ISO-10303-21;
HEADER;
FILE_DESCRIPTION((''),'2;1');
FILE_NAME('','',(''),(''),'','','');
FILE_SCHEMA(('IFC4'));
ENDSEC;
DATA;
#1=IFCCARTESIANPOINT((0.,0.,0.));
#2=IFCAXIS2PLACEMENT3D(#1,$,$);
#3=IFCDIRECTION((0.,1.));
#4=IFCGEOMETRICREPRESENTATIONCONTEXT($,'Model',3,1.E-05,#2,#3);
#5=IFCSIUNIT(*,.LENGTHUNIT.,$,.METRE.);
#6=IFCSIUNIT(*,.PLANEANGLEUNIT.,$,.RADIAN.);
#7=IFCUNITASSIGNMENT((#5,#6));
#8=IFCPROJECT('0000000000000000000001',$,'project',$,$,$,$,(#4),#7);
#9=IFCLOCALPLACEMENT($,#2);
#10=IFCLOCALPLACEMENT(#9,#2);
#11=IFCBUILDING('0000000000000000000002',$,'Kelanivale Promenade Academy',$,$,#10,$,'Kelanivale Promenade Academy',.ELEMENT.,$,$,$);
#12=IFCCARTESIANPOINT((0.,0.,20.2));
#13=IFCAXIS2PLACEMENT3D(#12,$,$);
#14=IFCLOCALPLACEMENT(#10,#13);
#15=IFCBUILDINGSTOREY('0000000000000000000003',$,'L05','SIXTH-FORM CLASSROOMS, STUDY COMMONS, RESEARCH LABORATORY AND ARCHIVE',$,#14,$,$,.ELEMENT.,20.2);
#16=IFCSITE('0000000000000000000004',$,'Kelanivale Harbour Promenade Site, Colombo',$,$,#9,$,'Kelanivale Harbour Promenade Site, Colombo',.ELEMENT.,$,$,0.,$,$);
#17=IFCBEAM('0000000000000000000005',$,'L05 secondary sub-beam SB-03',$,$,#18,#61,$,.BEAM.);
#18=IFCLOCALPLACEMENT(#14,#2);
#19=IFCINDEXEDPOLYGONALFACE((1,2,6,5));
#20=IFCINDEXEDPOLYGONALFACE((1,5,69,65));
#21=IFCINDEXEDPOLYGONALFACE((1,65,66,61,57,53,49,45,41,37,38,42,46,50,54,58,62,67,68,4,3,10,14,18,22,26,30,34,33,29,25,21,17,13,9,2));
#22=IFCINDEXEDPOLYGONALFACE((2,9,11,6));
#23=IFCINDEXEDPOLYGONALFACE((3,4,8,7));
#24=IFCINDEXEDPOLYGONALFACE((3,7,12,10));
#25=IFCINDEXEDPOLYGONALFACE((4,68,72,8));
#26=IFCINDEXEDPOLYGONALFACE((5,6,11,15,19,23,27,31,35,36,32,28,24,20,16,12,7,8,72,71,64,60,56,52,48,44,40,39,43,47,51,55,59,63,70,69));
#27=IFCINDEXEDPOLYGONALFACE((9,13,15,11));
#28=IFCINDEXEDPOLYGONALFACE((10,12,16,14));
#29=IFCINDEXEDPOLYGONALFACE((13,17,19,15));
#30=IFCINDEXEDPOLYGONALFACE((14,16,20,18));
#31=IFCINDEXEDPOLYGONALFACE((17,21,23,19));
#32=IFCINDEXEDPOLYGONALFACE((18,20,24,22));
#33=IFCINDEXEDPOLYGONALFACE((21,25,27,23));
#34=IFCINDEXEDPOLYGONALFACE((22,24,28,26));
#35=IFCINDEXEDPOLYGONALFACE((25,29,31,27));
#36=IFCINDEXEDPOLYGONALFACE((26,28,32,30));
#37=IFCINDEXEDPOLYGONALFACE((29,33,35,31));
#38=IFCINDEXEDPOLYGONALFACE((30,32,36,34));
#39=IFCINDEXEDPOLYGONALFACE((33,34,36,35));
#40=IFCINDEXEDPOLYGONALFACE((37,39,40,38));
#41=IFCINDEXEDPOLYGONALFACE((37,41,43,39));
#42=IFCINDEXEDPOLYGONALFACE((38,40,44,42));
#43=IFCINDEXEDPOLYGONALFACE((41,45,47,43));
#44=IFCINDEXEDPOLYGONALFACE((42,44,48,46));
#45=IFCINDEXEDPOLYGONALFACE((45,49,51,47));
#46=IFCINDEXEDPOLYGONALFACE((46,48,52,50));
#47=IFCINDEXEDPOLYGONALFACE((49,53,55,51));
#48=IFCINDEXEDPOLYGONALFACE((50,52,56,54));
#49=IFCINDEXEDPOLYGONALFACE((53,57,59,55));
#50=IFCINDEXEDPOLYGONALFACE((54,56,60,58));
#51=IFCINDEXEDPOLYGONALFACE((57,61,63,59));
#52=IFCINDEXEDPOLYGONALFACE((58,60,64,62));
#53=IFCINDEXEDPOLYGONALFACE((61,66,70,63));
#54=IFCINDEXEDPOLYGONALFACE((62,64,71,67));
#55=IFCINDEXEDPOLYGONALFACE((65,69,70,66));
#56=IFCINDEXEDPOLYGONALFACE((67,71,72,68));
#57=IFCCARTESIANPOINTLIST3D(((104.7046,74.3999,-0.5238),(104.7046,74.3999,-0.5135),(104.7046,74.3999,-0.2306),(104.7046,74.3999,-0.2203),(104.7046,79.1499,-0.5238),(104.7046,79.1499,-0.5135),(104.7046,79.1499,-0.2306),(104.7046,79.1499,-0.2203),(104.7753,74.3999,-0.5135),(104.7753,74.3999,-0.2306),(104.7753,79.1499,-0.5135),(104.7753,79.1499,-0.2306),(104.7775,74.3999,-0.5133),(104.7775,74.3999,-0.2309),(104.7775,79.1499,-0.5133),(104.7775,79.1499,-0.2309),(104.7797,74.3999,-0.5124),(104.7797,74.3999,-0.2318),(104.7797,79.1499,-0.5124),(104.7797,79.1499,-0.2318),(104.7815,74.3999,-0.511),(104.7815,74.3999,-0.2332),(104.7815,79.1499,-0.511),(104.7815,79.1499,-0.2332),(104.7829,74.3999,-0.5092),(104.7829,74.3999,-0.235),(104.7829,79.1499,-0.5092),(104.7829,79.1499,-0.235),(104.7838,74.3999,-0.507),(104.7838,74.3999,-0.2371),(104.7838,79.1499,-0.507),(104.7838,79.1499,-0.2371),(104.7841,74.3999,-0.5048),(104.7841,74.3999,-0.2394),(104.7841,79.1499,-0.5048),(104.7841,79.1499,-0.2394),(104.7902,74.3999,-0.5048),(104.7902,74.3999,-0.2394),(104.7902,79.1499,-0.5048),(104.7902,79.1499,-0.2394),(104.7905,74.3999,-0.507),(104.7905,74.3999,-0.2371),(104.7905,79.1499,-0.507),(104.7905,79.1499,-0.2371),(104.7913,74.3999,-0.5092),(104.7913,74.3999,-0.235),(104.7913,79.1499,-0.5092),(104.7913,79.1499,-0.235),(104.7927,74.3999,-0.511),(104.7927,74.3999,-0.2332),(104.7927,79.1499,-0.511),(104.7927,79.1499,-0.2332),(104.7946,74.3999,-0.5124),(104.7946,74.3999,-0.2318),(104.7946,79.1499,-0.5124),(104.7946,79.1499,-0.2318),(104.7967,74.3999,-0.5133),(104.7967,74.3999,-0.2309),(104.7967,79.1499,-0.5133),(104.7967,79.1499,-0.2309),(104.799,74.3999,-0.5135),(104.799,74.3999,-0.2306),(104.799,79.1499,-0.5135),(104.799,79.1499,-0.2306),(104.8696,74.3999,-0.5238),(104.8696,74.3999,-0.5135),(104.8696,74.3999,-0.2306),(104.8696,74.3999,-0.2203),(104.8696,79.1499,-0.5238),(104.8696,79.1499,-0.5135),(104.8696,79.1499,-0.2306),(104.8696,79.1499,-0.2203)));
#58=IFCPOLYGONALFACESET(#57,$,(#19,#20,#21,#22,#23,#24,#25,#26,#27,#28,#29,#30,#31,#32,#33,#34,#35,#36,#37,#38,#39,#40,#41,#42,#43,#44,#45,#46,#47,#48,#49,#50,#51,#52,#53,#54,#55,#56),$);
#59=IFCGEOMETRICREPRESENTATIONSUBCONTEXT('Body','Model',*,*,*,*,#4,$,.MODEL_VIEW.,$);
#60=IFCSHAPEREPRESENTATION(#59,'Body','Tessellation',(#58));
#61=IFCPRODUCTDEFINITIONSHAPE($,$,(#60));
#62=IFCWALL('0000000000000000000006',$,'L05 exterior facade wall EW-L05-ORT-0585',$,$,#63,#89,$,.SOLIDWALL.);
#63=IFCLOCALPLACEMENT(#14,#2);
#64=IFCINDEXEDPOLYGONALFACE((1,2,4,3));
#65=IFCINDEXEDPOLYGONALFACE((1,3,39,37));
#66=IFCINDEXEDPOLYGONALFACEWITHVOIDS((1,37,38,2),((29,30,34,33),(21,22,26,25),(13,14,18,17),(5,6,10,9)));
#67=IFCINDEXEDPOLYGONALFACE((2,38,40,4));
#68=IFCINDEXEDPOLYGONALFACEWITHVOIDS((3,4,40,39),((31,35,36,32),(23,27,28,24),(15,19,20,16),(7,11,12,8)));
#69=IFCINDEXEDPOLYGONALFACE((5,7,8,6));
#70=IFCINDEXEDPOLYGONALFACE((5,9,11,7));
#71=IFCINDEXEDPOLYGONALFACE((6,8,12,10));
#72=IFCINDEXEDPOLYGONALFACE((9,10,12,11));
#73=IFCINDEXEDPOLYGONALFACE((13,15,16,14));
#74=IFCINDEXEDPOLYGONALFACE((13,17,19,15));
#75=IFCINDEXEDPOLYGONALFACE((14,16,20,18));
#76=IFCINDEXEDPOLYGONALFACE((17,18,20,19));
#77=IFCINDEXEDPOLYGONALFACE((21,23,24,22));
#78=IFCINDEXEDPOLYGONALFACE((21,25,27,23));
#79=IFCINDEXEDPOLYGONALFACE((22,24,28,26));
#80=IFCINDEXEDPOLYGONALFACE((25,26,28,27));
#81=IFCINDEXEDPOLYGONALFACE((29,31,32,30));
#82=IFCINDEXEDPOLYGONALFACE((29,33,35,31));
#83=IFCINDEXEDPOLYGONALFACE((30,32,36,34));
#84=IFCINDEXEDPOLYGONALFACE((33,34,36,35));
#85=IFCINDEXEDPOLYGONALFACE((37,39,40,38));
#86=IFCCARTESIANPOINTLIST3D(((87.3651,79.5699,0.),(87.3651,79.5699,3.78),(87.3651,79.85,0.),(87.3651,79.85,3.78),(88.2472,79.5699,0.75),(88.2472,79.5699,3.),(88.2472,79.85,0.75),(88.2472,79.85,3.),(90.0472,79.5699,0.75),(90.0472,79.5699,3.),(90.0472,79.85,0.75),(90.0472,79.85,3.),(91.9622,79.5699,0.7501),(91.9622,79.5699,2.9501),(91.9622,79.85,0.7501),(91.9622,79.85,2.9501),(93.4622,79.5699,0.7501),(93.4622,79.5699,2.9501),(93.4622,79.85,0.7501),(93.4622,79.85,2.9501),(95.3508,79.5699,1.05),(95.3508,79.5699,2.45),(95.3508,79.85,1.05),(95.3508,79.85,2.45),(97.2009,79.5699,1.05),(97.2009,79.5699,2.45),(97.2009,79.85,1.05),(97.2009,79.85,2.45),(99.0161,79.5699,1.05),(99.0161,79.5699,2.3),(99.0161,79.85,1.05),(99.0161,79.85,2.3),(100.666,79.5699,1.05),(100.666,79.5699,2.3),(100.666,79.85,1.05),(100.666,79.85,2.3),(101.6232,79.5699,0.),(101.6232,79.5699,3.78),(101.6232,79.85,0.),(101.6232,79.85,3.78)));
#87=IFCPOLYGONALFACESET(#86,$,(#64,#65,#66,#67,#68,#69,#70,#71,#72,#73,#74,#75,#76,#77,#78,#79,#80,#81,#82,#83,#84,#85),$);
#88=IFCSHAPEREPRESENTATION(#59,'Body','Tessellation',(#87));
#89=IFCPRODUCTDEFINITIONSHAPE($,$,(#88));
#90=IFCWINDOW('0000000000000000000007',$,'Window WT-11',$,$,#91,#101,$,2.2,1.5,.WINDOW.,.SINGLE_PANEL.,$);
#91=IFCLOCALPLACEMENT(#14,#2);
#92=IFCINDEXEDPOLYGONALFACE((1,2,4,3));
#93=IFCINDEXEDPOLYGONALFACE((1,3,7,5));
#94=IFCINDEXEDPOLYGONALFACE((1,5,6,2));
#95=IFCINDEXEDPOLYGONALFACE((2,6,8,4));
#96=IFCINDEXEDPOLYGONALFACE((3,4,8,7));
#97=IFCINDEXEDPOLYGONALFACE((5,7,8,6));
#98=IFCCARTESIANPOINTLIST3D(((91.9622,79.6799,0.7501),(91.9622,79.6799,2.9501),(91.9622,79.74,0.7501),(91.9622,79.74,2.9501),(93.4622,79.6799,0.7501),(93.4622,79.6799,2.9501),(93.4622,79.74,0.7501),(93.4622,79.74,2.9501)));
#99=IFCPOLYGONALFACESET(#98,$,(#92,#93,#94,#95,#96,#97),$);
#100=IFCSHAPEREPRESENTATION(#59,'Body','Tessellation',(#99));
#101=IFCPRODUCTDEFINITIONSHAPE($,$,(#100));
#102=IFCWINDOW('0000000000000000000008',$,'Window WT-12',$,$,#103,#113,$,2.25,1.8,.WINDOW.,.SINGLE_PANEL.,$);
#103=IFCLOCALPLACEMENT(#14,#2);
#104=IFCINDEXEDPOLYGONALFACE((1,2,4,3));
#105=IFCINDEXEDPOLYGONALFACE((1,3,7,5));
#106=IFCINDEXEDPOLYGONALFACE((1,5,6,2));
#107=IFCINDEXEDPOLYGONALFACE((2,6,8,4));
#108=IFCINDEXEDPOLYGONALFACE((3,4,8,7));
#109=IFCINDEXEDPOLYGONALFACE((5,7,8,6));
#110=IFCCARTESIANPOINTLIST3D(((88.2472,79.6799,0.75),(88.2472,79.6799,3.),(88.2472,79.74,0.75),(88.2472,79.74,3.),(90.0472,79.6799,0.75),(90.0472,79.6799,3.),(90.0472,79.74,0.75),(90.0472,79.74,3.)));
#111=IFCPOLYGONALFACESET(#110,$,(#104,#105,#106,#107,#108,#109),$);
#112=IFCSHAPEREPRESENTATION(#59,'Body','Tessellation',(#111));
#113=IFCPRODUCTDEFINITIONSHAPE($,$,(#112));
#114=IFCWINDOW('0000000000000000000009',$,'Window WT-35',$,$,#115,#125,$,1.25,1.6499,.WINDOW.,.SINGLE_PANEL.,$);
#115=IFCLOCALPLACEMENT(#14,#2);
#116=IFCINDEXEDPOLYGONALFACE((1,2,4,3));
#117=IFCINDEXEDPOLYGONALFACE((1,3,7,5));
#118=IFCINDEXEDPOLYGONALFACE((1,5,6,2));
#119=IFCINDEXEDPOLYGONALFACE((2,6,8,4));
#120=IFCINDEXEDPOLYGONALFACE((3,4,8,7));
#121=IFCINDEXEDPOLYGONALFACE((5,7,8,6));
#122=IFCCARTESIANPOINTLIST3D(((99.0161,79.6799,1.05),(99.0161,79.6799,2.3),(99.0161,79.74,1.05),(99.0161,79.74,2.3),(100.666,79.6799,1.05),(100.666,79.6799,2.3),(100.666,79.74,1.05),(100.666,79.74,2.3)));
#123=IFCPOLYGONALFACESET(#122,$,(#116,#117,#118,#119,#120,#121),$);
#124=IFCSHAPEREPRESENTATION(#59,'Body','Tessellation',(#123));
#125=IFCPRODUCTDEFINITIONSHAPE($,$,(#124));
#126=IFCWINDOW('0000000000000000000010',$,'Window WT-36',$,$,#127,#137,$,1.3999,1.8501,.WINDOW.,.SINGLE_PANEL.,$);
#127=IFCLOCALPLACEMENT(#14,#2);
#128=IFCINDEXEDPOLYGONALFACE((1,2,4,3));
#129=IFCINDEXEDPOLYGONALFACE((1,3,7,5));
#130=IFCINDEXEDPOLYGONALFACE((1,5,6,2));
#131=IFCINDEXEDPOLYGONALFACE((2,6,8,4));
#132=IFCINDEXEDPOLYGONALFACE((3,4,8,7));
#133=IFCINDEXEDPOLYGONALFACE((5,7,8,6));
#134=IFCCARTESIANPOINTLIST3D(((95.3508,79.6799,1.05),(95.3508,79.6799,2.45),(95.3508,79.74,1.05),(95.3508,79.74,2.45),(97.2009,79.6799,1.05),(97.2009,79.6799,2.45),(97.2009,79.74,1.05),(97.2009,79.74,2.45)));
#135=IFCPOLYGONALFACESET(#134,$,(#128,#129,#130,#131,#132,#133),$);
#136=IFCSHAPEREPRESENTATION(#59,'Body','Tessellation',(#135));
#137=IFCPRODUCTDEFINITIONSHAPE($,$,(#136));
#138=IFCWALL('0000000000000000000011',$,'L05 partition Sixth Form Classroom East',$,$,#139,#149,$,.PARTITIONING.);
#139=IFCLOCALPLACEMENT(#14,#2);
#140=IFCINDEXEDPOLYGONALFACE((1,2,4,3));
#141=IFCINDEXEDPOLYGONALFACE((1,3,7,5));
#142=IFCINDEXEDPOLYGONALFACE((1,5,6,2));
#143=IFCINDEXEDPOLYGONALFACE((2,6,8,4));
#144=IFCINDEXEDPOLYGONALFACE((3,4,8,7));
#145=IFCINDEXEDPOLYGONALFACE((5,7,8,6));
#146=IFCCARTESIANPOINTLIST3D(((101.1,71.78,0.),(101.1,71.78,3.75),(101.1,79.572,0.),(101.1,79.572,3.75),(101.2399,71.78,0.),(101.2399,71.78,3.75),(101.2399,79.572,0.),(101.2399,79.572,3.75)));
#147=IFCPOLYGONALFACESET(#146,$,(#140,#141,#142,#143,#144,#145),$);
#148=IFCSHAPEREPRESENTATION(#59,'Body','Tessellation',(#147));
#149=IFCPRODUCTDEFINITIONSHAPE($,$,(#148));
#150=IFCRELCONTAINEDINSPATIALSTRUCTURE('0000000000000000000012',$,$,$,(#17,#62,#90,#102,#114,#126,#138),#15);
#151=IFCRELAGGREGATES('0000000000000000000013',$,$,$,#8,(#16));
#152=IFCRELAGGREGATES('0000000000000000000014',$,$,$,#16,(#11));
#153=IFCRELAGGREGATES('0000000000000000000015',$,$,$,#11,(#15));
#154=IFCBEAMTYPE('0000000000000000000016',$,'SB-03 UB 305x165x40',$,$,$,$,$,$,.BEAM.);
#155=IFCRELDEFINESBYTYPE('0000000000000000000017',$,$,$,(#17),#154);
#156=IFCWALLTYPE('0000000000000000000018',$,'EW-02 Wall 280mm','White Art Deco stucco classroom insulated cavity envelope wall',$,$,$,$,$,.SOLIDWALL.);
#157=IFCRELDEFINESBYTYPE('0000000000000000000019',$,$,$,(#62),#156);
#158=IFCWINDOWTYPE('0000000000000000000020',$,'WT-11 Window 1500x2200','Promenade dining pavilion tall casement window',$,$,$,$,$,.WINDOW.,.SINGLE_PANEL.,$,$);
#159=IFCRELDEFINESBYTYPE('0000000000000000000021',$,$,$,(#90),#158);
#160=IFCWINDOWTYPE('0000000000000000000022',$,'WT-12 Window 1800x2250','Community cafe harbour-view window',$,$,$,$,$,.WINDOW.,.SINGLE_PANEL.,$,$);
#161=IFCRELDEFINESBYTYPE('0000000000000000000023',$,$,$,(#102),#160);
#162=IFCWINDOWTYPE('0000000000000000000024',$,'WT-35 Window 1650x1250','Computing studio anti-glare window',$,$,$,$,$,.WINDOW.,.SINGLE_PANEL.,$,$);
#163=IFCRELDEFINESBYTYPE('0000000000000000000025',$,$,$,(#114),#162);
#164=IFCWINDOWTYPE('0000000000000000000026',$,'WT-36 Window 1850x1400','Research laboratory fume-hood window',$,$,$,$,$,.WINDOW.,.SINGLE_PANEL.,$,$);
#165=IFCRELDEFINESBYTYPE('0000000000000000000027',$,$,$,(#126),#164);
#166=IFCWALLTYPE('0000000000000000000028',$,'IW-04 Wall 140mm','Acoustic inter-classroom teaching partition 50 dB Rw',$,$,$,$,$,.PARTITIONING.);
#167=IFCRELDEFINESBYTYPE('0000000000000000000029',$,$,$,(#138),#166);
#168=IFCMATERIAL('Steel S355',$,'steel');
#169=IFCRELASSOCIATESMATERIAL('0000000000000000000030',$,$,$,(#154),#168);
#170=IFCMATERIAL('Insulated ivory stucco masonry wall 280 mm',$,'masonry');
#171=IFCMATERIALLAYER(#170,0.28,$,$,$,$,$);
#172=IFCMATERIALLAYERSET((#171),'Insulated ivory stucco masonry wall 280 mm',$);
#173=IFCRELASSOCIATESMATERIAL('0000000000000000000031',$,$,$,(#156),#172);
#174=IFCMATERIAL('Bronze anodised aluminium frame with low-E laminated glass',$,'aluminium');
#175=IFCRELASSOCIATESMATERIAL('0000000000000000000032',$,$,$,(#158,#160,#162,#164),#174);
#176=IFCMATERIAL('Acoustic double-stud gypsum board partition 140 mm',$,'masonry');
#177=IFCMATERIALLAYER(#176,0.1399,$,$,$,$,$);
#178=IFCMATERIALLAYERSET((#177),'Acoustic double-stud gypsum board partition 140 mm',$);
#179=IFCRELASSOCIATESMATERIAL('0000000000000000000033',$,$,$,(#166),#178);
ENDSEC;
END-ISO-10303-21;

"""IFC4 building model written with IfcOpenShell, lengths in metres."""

from ifc_helpers import new_model, si_unit, direction, frame, frame_2d, origin, origin_2d, place, context, subcontext, project, spatial, rectangle, i_section, extrude, material, layer, layer_set, material_profile, profile_set, type_object, element, fill, save


model = new_model("IFC4")

# Units and contexts
model_context = context("Model", 3, precision=1e-05, world=origin(), true_north=direction((0.0, 1.0)))
body_context = subcontext(model_context, "Body", "Model", "MODEL_VIEW")
ifc_project = project(units=[si_unit("LENGTHUNIT", "METRE"), si_unit("PLANEANGLEUNIT", "RADIAN")], contexts=[model_context])

# Site, building, storey
site_placement = place(None, origin())
site = spatial("IfcSite", under=ifc_project, at=site_placement, Name="Kelanivale Harbour Promenade Site, Colombo", LongName="Kelanivale Harbour Promenade Site, Colombo", CompositionType="ELEMENT", RefElevation=0.0)
building_placement = place(site_placement, origin())
building = spatial("IfcBuilding", under=site, at=building_placement, Name="Kelanivale Promenade Academy", LongName="Kelanivale Promenade Academy", CompositionType="ELEMENT")
storey_placement = place(building_placement, frame((0.0, 0.0, 20.2)))
storey = spatial("IfcBuildingStorey", under=building, at=storey_placement, Name="L05", Description="SIXTH-FORM CLASSROOMS, STUDY COMMONS, RESEARCH LABORATORY AND ARCHIVE", CompositionType="ELEMENT", Elevation=20.2)

# Beam
ifc_material_1 = material(Name="Steel S355", Category="steel")
ifc_material_profile_1 = material_profile(ifc_material_1, i_section(OverallWidth=0.165, OverallDepth=0.3035, WebThickness=0.0061, FlangeThickness=0.0103, FilletRadius=0.0088, at=origin_2d()), Name="UB 305x165x40")
ifc_profile_set_1 = profile_set([ifc_material_profile_1], Name="Steel S355")
beam_type_1 = type_object("IfcBeamType", Name="SB-03 UB 305x165x40", PredefinedType="BEAM", material=ifc_profile_set_1)
beam_1_placement = place(storey_placement, frame((104.7871, 74.3999, -0.3721), z_axis=(0.0, 1.0, 0.0), x_axis=(-1.0, 0.0, 0.0)))
element("IfcBeam", 1, at=beam_1_placement, inside=storey, type_object=beam_type_1, Name="L05 secondary sub-beam SB-03", PredefinedType="BEAM", context=body_context, shape_type="SweptSolid", body=[
    extrude(i_section(OverallWidth=0.165, OverallDepth=0.3035, WebThickness=0.0061, FlangeThickness=0.0103, FilletRadius=0.0088, at=origin_2d()), origin(), (0.0, 0.0, 1.0), 4.75),
])

# Wall, openings, windows
ifc_material_2 = material(Name="Insulated ivory stucco masonry wall 280 mm", Category="masonry")
ifc_layer_1 = layer(ifc_material_2, 0.28)
ifc_layer_set_1 = layer_set([ifc_layer_1], Name="Insulated ivory stucco masonry wall 280 mm")
wall_type_1 = type_object("IfcWallType", Name="EW-02 Wall 280mm", Description="White Art Deco stucco classroom insulated cavity envelope wall", PredefinedType="SOLIDWALL", material=ifc_layer_set_1)
wall_1_placement = place(storey_placement, frame((101.623, 79.71, 0.0), z_axis=(0.0, 0.0, 1.0), x_axis=(-1.0, 0.0, 0.0)))
wall_1 = element("IfcWall", 2, at=wall_1_placement, inside=storey, type_object=wall_type_1, Name="L05 exterior facade wall EW-L05-ORT-0585", PredefinedType="SOLIDWALL", context=body_context, shape_type="SweptSolid", body=[
    extrude(rectangle(XDim=14.2581, YDim=0.28, at=frame_2d((7.1289, 0.0))), origin(), (0.0, 0.0, 1.0), 3.78),
])
opening_1_placement = place(wall_1_placement, frame((0.957, 0.0, 1.05)))
opening_1 = element("IfcOpeningElement", 3, at=opening_1_placement, cuts=wall_1, PredefinedType="OPENING", context=body_context, shape_type="SweptSolid", body=[
    extrude(rectangle(XDim=1.6499, YDim=1.25, at=frame_2d((0.825, 0.625))), frame((0.0, 0.1499, 0.0), z_axis=(0.0, -1.0, 0.0), x_axis=(1.0, 0.0, 0.0)), (0.0, 0.0, 1.0), 0.3),
])
opening_2_placement = place(wall_1_placement, frame((4.4221, 0.0, 1.05)))
opening_2 = element("IfcOpeningElement", 4, at=opening_2_placement, cuts=wall_1, PredefinedType="OPENING", context=body_context, shape_type="SweptSolid", body=[
    extrude(rectangle(XDim=1.8501, YDim=1.3999, at=frame_2d((0.925, 0.7))), frame((0.0, 0.1499, 0.0), z_axis=(0.0, -1.0, 0.0), x_axis=(1.0, 0.0, 0.0)), (0.0, 0.0, 1.0), 0.3),
])
opening_3_placement = place(wall_1_placement, frame((8.1609, 0.0, 0.75)))
opening_3 = element("IfcOpeningElement", 5, at=opening_3_placement, cuts=wall_1, PredefinedType="OPENING", context=body_context, shape_type="SweptSolid", body=[
    extrude(rectangle(XDim=1.5, YDim=2.2, at=frame_2d((0.75, 1.1001))), frame((0.0, 0.1499, 0.0), z_axis=(0.0, -1.0, 0.0), x_axis=(1.0, 0.0, 0.0)), (0.0, 0.0, 1.0), 0.3),
])
opening_4_placement = place(wall_1_placement, frame((11.5759, 0.0, 0.75)))
opening_4 = element("IfcOpeningElement", 6, at=opening_4_placement, cuts=wall_1, PredefinedType="OPENING", context=body_context, shape_type="SweptSolid", body=[
    extrude(rectangle(XDim=1.8, YDim=2.25, at=frame_2d((0.8999, 1.125))), frame((0.0, 0.1499, 0.0), z_axis=(0.0, -1.0, 0.0), x_axis=(1.0, 0.0, 0.0)), (0.0, 0.0, 1.0), 0.3),
])
ifc_material_3 = material(Name="Bronze anodised aluminium frame with low-E laminated glass", Category="aluminium")
window_type_1 = type_object("IfcWindowType", Name="WT-11 Window 1500x2200", Description="Promenade dining pavilion tall casement window", PartitioningType="SINGLE_PANEL", PredefinedType="WINDOW", material=ifc_material_3)
window_1_placement = place(opening_3_placement, origin())
window_1 = element("IfcWindow", 7, at=window_1_placement, inside=storey, type_object=window_type_1, Name="Window WT-11", OverallHeight=2.2, OverallWidth=1.5, PartitioningType="SINGLE_PANEL", PredefinedType="WINDOW", context=body_context, shape_type="SweptSolid", body=[
    extrude(rectangle(XDim=1.5, YDim=2.2, at=frame_2d((0.75, 1.1001))), frame((0.0, 0.03, 0.0), z_axis=(0.0, -1.0, 0.0), x_axis=(1.0, 0.0, 0.0)), (0.0, 0.0, 1.0), 0.0601),
])
fill(opening_3, window_1)
window_type_2 = type_object("IfcWindowType", Name="WT-12 Window 1800x2250", Description="Community cafe harbour-view window", PartitioningType="SINGLE_PANEL", PredefinedType="WINDOW", material=ifc_material_3)
window_2_placement = place(opening_4_placement, origin())
window_2 = element("IfcWindow", 8, at=window_2_placement, inside=storey, type_object=window_type_2, Name="Window WT-12", OverallHeight=2.25, OverallWidth=1.8, PartitioningType="SINGLE_PANEL", PredefinedType="WINDOW", context=body_context, shape_type="SweptSolid", body=[
    extrude(rectangle(XDim=1.8, YDim=2.25, at=frame_2d((0.8999, 1.125))), frame((0.0, 0.03, 0.0), z_axis=(0.0, -1.0, 0.0), x_axis=(1.0, 0.0, 0.0)), (0.0, 0.0, 1.0), 0.0601),
])
fill(opening_4, window_2)
window_type_3 = type_object("IfcWindowType", Name="WT-35 Window 1650x1250", Description="Computing studio anti-glare window", PartitioningType="SINGLE_PANEL", PredefinedType="WINDOW", material=ifc_material_3)
window_3_placement = place(opening_1_placement, origin())
window_3 = element("IfcWindow", 9, at=window_3_placement, inside=storey, type_object=window_type_3, Name="Window WT-35", OverallHeight=1.25, OverallWidth=1.6499, PartitioningType="SINGLE_PANEL", PredefinedType="WINDOW", context=body_context, shape_type="SweptSolid", body=[
    extrude(rectangle(XDim=1.6499, YDim=1.25, at=frame_2d((0.825, 0.625))), frame((0.0, 0.03, 0.0), z_axis=(0.0, -1.0, 0.0), x_axis=(1.0, 0.0, 0.0)), (0.0, 0.0, 1.0), 0.0601),
])
fill(opening_1, window_3)
window_type_4 = type_object("IfcWindowType", Name="WT-36 Window 1850x1400", Description="Research laboratory fume-hood window", PartitioningType="SINGLE_PANEL", PredefinedType="WINDOW", material=ifc_material_3)
window_4_placement = place(opening_2_placement, origin())
window_4 = element("IfcWindow", 10, at=window_4_placement, inside=storey, type_object=window_type_4, Name="Window WT-36", OverallHeight=1.3999, OverallWidth=1.8501, PartitioningType="SINGLE_PANEL", PredefinedType="WINDOW", context=body_context, shape_type="SweptSolid", body=[
    extrude(rectangle(XDim=1.8501, YDim=1.3999, at=frame_2d((0.925, 0.7))), frame((0.0, 0.03, 0.0), z_axis=(0.0, -1.0, 0.0), x_axis=(1.0, 0.0, 0.0)), (0.0, 0.0, 1.0), 0.0601),
])
fill(opening_2, window_4)

# Wall
ifc_material_4 = material(Name="Acoustic double-stud gypsum board partition 140 mm", Category="masonry")
ifc_layer_2 = layer(ifc_material_4, 0.1399)
ifc_layer_set_2 = layer_set([ifc_layer_2], Name="Acoustic double-stud gypsum board partition 140 mm")
wall_type_2 = type_object("IfcWallType", Name="IW-04 Wall 140mm", Description="Acoustic inter-classroom teaching partition 50 dB Rw", PredefinedType="PARTITIONING", material=ifc_layer_set_2)
wall_2_placement = place(storey_placement, frame((101.1699, 71.78, 0.0), z_axis=(0.0, 0.0, 1.0), x_axis=(0.0, 1.0, 0.0)))
element("IfcWall", 11, at=wall_2_placement, inside=storey, type_object=wall_type_2, Name="L05 partition Sixth Form Classroom East", PredefinedType="PARTITIONING", context=body_context, shape_type="SweptSolid", body=[
    extrude(rectangle(XDim=7.792, YDim=0.1399, at=frame_2d((3.896, 0.0))), origin(), (0.0, 0.0, 1.0), 3.75),
])

save(model, "model.ifc")
